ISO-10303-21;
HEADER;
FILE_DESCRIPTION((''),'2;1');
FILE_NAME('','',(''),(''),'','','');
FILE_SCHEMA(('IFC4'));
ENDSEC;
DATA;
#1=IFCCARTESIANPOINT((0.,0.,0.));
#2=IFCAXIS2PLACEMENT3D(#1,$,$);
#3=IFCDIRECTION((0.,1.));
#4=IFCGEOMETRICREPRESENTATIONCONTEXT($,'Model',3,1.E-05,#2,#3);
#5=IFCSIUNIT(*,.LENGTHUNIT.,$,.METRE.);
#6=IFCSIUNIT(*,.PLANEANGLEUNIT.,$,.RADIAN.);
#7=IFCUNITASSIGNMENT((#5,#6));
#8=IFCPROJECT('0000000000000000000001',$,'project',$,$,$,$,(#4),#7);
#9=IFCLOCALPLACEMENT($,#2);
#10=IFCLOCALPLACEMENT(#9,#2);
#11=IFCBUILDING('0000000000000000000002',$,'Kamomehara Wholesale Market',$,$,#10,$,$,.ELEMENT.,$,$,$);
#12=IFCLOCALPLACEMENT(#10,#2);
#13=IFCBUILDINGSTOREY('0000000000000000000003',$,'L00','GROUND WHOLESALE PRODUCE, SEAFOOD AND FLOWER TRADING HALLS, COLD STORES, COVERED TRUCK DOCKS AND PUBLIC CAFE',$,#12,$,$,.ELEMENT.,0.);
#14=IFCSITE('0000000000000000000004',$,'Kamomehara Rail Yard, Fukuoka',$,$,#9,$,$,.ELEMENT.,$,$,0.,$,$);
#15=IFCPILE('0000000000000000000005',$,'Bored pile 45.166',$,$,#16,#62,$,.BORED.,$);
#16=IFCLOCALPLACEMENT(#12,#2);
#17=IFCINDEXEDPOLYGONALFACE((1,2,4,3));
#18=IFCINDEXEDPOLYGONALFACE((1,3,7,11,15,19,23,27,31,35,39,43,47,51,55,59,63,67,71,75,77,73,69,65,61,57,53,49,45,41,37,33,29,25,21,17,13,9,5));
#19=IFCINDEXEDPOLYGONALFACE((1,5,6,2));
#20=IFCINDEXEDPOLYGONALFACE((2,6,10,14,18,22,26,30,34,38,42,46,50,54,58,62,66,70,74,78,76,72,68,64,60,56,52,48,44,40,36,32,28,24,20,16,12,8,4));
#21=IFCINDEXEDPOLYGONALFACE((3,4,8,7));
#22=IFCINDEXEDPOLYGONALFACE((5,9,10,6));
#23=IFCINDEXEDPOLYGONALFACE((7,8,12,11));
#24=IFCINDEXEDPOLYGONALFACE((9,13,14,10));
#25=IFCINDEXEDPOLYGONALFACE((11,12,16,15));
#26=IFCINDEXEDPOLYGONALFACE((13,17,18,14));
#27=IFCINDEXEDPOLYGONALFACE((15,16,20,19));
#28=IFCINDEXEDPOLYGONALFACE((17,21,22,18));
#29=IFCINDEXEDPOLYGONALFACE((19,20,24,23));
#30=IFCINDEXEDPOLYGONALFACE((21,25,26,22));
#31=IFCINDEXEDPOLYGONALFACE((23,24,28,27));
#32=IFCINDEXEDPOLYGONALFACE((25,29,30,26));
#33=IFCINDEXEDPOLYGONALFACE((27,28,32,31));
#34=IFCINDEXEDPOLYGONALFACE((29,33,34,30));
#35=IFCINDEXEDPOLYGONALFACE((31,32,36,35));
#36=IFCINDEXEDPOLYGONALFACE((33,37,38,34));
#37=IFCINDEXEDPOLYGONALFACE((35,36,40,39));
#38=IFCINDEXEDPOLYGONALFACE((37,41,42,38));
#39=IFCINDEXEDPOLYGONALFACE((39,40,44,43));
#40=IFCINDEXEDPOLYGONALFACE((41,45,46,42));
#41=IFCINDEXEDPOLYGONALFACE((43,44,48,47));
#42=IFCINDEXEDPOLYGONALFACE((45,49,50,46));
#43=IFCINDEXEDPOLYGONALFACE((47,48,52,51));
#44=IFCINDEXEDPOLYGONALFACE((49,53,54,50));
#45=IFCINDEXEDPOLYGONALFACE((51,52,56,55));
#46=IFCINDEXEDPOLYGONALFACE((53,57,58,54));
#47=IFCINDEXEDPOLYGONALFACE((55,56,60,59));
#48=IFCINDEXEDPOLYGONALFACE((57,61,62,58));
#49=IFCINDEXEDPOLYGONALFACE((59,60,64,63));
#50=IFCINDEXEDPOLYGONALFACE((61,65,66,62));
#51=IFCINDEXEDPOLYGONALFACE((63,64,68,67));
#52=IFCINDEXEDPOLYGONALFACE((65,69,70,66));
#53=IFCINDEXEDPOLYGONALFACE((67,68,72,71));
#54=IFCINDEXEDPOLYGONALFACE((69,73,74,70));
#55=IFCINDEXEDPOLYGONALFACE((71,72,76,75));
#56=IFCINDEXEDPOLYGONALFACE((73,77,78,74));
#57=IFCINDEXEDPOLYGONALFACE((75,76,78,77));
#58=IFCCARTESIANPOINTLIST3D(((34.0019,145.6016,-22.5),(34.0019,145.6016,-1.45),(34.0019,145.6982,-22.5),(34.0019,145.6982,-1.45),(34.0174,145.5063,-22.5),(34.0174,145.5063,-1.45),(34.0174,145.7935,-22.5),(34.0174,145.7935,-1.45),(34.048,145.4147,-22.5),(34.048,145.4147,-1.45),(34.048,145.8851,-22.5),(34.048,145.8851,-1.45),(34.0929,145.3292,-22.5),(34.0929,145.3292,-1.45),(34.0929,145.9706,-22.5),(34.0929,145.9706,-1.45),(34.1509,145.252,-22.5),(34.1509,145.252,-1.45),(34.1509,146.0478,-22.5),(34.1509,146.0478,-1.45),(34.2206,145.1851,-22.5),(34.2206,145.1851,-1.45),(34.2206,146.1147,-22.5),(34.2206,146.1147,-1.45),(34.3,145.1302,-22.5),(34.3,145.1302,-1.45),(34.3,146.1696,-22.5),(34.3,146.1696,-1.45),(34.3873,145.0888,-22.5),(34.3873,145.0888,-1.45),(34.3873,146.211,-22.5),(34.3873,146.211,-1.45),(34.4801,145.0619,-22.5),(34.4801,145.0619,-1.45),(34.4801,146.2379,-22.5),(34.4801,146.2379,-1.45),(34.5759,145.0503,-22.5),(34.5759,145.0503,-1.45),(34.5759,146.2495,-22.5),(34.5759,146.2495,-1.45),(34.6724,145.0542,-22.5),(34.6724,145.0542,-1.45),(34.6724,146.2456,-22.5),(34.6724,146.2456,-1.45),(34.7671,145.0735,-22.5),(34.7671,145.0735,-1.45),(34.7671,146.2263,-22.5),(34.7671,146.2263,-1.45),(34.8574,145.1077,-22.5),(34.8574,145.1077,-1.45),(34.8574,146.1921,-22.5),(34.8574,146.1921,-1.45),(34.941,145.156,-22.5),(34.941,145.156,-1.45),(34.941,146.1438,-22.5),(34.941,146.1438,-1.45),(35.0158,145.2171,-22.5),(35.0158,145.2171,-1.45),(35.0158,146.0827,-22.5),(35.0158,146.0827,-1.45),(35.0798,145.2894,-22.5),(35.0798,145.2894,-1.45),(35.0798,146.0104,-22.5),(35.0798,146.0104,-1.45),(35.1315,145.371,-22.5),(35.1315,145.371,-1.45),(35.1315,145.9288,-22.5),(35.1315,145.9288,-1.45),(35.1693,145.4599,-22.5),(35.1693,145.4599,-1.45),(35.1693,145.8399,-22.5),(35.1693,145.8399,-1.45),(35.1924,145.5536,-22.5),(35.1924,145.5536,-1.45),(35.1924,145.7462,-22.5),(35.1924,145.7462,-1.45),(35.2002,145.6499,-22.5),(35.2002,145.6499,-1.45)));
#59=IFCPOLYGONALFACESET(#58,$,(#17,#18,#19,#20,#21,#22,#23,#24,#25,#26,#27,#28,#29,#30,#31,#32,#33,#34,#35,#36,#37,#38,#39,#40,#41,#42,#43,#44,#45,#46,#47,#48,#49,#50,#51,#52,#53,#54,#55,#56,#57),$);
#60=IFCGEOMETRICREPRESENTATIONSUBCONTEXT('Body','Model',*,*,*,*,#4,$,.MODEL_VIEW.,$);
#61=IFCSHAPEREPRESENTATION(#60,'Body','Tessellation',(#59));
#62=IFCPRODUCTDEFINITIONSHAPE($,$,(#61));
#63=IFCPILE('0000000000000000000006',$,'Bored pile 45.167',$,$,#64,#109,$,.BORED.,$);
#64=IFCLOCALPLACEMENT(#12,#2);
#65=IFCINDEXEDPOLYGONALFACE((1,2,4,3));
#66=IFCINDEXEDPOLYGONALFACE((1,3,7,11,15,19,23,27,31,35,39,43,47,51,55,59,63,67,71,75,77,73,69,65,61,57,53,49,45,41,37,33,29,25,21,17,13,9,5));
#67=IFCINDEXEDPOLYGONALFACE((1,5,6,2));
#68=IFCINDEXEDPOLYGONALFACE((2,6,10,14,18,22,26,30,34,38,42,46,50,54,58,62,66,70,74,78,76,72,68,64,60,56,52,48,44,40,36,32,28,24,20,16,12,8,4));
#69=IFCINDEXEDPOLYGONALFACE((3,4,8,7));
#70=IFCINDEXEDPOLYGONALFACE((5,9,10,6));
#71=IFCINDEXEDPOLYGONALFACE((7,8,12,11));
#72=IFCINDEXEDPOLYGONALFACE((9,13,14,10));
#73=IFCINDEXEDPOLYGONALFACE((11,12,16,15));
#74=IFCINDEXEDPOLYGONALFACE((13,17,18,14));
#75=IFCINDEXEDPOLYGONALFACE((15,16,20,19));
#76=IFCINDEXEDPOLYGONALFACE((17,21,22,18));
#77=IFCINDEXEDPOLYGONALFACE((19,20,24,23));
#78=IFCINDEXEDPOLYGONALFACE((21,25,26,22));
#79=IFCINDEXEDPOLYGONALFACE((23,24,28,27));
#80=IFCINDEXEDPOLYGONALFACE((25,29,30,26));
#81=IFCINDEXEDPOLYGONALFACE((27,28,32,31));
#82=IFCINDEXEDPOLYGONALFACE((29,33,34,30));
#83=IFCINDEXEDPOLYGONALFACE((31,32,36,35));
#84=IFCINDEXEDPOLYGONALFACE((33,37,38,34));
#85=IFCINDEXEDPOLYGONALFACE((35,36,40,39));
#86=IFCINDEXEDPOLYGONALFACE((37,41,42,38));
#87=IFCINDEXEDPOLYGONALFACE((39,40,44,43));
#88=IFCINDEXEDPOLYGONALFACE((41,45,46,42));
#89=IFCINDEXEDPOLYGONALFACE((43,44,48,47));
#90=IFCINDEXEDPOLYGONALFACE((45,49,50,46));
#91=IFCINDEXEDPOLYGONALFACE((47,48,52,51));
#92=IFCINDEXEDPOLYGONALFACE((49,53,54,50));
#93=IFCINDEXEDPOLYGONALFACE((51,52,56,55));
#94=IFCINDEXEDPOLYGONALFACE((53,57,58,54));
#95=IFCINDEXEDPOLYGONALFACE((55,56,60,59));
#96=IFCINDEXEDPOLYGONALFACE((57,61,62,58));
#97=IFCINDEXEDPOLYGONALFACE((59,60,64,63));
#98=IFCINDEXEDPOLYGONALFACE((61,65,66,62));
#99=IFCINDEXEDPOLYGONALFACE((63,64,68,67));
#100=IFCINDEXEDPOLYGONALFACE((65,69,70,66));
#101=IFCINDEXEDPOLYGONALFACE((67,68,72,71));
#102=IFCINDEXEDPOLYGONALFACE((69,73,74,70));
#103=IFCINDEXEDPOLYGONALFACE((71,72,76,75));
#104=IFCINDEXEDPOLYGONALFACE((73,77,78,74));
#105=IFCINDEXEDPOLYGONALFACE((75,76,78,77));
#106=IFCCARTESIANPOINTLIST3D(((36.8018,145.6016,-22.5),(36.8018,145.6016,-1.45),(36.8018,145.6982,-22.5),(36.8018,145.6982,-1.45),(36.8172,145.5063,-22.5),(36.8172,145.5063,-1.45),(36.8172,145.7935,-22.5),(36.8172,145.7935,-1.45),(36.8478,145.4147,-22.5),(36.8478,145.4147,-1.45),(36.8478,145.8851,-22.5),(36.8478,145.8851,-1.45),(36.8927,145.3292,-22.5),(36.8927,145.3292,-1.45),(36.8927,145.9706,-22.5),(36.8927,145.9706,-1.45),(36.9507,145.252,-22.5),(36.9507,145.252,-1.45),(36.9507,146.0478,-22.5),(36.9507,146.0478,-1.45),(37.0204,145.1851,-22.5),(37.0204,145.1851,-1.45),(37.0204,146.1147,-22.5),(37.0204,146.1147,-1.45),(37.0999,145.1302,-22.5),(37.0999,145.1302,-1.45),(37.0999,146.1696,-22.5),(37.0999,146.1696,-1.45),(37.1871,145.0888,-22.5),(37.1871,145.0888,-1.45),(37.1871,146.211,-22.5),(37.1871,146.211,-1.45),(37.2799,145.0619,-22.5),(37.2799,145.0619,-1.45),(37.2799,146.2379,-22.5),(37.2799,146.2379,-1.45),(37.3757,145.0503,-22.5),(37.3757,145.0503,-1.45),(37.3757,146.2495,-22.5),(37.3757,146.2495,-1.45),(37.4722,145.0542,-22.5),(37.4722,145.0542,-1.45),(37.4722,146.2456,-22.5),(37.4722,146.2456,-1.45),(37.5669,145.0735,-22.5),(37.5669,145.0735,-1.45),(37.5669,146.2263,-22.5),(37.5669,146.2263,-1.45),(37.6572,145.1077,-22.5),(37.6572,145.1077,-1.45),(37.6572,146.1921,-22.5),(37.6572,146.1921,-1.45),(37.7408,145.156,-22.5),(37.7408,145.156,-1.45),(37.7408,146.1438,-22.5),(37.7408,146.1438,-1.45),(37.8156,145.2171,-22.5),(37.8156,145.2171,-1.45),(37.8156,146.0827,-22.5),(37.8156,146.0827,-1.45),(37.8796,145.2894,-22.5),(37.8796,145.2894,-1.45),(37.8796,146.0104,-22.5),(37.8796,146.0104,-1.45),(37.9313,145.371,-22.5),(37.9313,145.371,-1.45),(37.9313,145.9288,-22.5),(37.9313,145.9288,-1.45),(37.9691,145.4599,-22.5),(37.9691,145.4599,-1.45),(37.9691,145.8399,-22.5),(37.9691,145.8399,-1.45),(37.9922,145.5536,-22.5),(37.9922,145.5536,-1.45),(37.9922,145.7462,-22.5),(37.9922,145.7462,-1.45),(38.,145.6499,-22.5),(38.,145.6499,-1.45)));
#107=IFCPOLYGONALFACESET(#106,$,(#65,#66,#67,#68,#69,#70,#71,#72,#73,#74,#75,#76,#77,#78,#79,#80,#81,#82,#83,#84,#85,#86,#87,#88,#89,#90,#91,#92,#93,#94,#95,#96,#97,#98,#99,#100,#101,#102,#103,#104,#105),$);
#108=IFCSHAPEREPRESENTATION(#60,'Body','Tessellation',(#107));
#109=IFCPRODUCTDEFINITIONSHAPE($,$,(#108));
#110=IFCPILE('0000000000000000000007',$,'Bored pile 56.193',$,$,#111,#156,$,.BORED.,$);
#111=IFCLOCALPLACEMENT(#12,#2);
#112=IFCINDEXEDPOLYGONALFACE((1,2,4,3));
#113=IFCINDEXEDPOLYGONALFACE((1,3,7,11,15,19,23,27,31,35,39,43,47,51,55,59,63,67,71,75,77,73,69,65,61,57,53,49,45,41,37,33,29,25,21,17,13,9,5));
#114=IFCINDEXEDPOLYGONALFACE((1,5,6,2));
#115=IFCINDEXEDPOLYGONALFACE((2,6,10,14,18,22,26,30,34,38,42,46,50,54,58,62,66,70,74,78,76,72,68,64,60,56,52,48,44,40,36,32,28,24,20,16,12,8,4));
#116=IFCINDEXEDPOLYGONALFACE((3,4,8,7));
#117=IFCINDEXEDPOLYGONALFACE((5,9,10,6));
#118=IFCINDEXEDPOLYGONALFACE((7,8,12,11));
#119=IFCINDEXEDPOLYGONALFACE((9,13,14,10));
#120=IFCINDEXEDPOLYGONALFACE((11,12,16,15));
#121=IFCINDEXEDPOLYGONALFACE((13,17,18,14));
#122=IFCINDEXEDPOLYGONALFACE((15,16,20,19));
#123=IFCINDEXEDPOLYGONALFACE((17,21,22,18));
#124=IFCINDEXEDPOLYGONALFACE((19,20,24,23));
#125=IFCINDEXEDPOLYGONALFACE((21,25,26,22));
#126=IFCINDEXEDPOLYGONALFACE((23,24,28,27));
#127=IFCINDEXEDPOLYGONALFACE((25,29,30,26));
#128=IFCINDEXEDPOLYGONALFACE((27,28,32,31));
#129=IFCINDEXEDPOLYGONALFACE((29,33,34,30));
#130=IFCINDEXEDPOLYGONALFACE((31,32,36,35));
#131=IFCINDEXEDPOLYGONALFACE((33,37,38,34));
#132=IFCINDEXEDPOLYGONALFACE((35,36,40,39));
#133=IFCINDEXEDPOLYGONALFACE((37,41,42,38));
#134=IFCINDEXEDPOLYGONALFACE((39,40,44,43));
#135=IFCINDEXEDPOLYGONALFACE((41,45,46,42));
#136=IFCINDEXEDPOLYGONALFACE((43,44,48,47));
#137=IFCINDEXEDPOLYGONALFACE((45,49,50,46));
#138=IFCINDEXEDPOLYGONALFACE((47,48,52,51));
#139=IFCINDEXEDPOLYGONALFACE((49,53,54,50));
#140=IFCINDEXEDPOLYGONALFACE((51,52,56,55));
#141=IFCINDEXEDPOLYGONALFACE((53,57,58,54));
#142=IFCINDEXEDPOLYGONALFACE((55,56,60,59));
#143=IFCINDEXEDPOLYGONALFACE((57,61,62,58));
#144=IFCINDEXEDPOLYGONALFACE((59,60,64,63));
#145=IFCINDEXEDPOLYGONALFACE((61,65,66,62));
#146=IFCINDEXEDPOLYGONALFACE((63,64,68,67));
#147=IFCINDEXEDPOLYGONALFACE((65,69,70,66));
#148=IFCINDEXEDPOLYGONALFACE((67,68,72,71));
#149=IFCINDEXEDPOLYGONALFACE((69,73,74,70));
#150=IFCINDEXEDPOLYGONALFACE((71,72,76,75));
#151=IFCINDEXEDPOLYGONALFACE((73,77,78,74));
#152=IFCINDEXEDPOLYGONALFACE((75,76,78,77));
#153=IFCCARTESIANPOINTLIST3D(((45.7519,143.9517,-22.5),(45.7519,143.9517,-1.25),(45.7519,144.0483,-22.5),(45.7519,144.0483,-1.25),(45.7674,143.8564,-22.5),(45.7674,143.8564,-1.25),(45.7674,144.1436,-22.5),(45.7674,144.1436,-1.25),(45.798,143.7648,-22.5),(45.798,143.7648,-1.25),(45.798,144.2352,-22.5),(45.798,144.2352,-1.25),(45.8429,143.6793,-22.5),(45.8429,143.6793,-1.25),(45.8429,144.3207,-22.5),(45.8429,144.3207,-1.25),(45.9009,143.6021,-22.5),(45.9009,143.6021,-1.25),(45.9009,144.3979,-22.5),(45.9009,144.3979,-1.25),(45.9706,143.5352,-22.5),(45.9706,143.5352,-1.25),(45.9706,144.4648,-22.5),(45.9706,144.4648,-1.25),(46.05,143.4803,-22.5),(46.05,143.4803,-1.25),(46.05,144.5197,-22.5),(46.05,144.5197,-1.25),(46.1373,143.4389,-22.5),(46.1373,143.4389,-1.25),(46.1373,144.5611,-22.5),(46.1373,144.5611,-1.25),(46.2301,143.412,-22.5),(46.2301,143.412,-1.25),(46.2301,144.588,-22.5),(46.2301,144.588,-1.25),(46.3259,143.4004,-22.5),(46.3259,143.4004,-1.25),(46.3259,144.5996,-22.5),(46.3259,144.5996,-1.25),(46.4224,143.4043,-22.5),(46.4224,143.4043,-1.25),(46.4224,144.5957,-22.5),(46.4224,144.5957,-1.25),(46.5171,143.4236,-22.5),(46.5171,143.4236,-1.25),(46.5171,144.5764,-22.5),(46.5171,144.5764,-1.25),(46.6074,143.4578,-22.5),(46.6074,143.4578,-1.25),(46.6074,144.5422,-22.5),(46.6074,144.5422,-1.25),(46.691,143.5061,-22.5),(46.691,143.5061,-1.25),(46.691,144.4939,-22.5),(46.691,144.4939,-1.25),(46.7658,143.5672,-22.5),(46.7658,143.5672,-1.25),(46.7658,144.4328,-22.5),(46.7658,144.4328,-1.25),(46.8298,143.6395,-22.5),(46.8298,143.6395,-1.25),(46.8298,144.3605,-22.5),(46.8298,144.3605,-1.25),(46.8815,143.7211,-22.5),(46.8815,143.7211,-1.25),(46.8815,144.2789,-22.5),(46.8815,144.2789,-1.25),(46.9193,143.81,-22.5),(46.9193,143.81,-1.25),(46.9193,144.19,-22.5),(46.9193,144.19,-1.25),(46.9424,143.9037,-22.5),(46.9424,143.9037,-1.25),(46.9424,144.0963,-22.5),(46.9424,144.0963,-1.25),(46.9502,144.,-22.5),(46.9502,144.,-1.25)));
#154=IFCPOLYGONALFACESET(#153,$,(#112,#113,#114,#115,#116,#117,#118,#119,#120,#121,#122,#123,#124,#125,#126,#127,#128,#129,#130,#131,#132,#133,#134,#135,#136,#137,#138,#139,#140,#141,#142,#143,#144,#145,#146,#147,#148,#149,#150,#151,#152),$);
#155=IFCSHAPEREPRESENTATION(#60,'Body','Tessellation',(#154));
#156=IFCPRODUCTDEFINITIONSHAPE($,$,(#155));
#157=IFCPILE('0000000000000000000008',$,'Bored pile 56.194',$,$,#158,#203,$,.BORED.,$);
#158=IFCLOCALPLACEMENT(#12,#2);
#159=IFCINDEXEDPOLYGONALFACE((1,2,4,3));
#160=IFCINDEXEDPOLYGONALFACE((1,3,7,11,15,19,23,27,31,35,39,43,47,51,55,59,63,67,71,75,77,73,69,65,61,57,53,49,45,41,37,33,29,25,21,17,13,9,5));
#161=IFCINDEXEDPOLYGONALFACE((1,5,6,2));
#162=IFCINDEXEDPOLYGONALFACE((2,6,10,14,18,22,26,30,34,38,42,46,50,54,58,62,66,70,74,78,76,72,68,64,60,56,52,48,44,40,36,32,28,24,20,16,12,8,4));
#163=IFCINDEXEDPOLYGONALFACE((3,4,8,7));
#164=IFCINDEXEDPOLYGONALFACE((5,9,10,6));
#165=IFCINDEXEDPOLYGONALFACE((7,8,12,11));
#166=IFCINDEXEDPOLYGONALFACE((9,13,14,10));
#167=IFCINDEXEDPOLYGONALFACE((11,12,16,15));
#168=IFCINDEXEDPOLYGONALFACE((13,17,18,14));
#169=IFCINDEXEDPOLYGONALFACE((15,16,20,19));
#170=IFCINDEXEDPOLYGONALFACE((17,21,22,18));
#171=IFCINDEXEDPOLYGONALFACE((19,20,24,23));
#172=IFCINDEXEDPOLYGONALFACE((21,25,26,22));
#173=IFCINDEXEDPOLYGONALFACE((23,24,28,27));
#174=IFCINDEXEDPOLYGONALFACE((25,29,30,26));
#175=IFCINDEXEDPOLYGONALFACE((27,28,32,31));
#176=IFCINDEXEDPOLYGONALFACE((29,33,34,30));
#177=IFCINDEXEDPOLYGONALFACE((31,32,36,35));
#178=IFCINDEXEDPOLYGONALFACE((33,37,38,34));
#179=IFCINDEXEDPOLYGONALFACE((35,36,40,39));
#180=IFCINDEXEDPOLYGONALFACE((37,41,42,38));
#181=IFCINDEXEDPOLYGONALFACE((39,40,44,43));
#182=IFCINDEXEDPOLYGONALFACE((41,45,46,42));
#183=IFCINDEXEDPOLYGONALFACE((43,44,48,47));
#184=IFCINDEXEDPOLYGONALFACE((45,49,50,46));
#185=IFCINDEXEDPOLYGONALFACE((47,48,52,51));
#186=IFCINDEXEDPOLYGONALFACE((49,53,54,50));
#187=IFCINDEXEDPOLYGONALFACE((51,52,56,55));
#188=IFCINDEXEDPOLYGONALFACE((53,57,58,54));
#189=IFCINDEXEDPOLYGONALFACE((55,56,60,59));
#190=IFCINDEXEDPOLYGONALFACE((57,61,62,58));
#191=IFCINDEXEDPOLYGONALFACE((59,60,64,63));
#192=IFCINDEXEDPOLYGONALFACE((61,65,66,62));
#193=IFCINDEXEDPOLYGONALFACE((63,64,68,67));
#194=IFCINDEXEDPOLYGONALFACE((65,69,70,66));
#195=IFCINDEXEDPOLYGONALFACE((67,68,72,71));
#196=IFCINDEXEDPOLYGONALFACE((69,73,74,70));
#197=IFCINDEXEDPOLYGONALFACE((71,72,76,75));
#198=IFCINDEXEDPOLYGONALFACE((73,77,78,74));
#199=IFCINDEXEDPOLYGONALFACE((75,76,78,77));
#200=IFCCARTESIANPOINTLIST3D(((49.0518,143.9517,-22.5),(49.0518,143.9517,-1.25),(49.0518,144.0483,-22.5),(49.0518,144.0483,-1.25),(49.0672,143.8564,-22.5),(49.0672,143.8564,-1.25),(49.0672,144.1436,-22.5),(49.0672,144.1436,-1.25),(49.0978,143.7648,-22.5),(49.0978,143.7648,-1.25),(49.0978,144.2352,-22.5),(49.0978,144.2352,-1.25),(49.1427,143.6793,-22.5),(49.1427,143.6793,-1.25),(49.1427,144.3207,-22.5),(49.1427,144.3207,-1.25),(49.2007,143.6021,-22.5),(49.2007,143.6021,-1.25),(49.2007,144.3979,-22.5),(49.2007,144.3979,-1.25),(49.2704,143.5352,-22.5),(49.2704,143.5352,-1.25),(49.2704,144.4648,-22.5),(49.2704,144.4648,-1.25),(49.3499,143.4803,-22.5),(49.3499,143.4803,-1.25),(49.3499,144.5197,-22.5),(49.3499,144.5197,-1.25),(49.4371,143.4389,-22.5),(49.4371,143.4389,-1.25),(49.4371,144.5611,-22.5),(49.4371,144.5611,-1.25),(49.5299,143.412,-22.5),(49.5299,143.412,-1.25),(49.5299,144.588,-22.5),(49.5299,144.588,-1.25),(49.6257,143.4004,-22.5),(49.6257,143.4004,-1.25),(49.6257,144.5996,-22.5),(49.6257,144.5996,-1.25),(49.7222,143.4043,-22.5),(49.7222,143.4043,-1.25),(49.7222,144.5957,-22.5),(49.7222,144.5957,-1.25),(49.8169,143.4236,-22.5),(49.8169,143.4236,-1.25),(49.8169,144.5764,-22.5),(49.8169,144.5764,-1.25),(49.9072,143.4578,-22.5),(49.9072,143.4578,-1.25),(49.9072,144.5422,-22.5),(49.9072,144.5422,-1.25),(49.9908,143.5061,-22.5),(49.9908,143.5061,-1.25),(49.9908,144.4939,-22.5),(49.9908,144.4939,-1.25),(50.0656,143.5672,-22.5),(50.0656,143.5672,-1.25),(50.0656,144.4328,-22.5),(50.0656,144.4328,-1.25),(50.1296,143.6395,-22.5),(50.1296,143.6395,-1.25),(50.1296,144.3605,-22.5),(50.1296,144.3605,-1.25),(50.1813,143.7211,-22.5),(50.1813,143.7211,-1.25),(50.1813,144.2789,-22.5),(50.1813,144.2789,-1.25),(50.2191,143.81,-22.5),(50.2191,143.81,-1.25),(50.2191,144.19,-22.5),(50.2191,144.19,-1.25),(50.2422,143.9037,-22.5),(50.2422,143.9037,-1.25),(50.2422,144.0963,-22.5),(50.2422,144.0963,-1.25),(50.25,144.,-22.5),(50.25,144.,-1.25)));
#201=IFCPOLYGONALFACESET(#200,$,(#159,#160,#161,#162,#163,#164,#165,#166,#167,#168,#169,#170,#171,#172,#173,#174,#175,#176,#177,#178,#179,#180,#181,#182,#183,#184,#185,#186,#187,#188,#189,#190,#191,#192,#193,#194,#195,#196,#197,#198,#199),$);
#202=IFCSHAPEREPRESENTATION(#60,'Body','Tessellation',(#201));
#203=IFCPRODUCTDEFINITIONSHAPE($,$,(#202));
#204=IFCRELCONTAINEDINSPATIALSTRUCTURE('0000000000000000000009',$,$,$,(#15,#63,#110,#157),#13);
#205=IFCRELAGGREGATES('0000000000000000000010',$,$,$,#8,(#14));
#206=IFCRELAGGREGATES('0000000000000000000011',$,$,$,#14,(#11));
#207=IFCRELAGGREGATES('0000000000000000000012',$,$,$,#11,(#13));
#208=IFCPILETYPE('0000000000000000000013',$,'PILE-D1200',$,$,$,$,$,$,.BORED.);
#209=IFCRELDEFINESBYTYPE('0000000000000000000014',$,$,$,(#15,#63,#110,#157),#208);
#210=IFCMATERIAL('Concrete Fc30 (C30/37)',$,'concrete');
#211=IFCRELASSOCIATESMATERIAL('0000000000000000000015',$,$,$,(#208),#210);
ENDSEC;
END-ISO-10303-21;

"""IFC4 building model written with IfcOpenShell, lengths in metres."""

from ifc_helpers import new_model, si_unit, direction, frame, origin, origin_2d, place, context, subcontext, project, spatial, circle, extrude, material, material_profile, profile_set, type_object, element, save


model = new_model("IFC4")

# Units and contexts
model_context = context("Model", 3, precision=1e-05, world=origin(), true_north=direction((0.0, 1.0)))
body_context = subcontext(model_context, "Body", "Model", "MODEL_VIEW")
ifc_project = project(units=[si_unit("LENGTHUNIT", "METRE"), si_unit("PLANEANGLEUNIT", "RADIAN")], contexts=[model_context])

# Site, building, storey
site_placement = place(None, origin())
site = spatial("IfcSite", under=ifc_project, at=site_placement, Name="Kamomehara Rail Yard, Fukuoka", CompositionType="ELEMENT", RefElevation=0.0)
building_placement = place(site_placement, origin())
building = spatial("IfcBuilding", under=site, at=building_placement, Name="Kamomehara Wholesale Market", CompositionType="ELEMENT")
storey_placement = place(building_placement, origin())
storey = spatial("IfcBuildingStorey", under=building, at=storey_placement, Name="L00", Description="GROUND WHOLESALE PRODUCE, SEAFOOD AND FLOWER TRADING HALLS, COLD STORES, COVERED TRUCK DOCKS AND PUBLIC CAFE", CompositionType="ELEMENT", Elevation=0.0)

# Piles
ifc_material_1 = material(Name="Concrete Fc30 (C30/37)", Category="concrete")
ifc_material_profile_1 = material_profile(ifc_material_1, circle(Radius=0.6001, at=origin_2d()), Name="RC-PILE-D1200")
ifc_profile_set_1 = profile_set([ifc_material_profile_1], Name="Concrete Fc30 (C30/37)")
pile_type_1 = type_object("IfcPileType", Name="PILE-D1200", PredefinedType="BORED", material=ifc_profile_set_1)
for number, where, z_axis, x_axis, name in (
    (1, (34.6001, 145.6499, -1.45), (0.0, 0.0, -1.0), (1.0, 0.0, 0.0), "Bored pile 45.166"),
    (2, (37.3999, 145.6499, -1.45), (0.0, 0.0, -1.0), (1.0, 0.0, 0.0), "Bored pile 45.167"),
):
    element("IfcPile", number, at=place(storey_placement, frame(where, z_axis=z_axis, x_axis=x_axis)), inside=storey, type_object=pile_type_1, Name=name, PredefinedType="BORED", context=body_context, shape_type="SweptSolid", body=[
        extrude(circle(Radius=0.6001, at=origin_2d()), origin(), (0.0, 0.0, 1.0), 21.05),
    ])
for number, where, z_axis, x_axis, name in (
    (3, (46.3501, 144.0, -1.25), (0.0, 0.0, -1.0), (1.0, 0.0, 0.0), "Bored pile 56.193"),
    (4, (49.6499, 144.0, -1.25), (0.0, 0.0, -1.0), (1.0, 0.0, 0.0), "Bored pile 56.194"),
):
    element("IfcPile", number, at=place(storey_placement, frame(where, z_axis=z_axis, x_axis=x_axis)), inside=storey, type_object=pile_type_1, Name=name, PredefinedType="BORED", context=body_context, shape_type="SweptSolid", body=[
        extrude(circle(Radius=0.6001, at=origin_2d()), origin(), (0.0, 0.0, 1.0), 21.25),
    ])

save(model, "model.ifc")
